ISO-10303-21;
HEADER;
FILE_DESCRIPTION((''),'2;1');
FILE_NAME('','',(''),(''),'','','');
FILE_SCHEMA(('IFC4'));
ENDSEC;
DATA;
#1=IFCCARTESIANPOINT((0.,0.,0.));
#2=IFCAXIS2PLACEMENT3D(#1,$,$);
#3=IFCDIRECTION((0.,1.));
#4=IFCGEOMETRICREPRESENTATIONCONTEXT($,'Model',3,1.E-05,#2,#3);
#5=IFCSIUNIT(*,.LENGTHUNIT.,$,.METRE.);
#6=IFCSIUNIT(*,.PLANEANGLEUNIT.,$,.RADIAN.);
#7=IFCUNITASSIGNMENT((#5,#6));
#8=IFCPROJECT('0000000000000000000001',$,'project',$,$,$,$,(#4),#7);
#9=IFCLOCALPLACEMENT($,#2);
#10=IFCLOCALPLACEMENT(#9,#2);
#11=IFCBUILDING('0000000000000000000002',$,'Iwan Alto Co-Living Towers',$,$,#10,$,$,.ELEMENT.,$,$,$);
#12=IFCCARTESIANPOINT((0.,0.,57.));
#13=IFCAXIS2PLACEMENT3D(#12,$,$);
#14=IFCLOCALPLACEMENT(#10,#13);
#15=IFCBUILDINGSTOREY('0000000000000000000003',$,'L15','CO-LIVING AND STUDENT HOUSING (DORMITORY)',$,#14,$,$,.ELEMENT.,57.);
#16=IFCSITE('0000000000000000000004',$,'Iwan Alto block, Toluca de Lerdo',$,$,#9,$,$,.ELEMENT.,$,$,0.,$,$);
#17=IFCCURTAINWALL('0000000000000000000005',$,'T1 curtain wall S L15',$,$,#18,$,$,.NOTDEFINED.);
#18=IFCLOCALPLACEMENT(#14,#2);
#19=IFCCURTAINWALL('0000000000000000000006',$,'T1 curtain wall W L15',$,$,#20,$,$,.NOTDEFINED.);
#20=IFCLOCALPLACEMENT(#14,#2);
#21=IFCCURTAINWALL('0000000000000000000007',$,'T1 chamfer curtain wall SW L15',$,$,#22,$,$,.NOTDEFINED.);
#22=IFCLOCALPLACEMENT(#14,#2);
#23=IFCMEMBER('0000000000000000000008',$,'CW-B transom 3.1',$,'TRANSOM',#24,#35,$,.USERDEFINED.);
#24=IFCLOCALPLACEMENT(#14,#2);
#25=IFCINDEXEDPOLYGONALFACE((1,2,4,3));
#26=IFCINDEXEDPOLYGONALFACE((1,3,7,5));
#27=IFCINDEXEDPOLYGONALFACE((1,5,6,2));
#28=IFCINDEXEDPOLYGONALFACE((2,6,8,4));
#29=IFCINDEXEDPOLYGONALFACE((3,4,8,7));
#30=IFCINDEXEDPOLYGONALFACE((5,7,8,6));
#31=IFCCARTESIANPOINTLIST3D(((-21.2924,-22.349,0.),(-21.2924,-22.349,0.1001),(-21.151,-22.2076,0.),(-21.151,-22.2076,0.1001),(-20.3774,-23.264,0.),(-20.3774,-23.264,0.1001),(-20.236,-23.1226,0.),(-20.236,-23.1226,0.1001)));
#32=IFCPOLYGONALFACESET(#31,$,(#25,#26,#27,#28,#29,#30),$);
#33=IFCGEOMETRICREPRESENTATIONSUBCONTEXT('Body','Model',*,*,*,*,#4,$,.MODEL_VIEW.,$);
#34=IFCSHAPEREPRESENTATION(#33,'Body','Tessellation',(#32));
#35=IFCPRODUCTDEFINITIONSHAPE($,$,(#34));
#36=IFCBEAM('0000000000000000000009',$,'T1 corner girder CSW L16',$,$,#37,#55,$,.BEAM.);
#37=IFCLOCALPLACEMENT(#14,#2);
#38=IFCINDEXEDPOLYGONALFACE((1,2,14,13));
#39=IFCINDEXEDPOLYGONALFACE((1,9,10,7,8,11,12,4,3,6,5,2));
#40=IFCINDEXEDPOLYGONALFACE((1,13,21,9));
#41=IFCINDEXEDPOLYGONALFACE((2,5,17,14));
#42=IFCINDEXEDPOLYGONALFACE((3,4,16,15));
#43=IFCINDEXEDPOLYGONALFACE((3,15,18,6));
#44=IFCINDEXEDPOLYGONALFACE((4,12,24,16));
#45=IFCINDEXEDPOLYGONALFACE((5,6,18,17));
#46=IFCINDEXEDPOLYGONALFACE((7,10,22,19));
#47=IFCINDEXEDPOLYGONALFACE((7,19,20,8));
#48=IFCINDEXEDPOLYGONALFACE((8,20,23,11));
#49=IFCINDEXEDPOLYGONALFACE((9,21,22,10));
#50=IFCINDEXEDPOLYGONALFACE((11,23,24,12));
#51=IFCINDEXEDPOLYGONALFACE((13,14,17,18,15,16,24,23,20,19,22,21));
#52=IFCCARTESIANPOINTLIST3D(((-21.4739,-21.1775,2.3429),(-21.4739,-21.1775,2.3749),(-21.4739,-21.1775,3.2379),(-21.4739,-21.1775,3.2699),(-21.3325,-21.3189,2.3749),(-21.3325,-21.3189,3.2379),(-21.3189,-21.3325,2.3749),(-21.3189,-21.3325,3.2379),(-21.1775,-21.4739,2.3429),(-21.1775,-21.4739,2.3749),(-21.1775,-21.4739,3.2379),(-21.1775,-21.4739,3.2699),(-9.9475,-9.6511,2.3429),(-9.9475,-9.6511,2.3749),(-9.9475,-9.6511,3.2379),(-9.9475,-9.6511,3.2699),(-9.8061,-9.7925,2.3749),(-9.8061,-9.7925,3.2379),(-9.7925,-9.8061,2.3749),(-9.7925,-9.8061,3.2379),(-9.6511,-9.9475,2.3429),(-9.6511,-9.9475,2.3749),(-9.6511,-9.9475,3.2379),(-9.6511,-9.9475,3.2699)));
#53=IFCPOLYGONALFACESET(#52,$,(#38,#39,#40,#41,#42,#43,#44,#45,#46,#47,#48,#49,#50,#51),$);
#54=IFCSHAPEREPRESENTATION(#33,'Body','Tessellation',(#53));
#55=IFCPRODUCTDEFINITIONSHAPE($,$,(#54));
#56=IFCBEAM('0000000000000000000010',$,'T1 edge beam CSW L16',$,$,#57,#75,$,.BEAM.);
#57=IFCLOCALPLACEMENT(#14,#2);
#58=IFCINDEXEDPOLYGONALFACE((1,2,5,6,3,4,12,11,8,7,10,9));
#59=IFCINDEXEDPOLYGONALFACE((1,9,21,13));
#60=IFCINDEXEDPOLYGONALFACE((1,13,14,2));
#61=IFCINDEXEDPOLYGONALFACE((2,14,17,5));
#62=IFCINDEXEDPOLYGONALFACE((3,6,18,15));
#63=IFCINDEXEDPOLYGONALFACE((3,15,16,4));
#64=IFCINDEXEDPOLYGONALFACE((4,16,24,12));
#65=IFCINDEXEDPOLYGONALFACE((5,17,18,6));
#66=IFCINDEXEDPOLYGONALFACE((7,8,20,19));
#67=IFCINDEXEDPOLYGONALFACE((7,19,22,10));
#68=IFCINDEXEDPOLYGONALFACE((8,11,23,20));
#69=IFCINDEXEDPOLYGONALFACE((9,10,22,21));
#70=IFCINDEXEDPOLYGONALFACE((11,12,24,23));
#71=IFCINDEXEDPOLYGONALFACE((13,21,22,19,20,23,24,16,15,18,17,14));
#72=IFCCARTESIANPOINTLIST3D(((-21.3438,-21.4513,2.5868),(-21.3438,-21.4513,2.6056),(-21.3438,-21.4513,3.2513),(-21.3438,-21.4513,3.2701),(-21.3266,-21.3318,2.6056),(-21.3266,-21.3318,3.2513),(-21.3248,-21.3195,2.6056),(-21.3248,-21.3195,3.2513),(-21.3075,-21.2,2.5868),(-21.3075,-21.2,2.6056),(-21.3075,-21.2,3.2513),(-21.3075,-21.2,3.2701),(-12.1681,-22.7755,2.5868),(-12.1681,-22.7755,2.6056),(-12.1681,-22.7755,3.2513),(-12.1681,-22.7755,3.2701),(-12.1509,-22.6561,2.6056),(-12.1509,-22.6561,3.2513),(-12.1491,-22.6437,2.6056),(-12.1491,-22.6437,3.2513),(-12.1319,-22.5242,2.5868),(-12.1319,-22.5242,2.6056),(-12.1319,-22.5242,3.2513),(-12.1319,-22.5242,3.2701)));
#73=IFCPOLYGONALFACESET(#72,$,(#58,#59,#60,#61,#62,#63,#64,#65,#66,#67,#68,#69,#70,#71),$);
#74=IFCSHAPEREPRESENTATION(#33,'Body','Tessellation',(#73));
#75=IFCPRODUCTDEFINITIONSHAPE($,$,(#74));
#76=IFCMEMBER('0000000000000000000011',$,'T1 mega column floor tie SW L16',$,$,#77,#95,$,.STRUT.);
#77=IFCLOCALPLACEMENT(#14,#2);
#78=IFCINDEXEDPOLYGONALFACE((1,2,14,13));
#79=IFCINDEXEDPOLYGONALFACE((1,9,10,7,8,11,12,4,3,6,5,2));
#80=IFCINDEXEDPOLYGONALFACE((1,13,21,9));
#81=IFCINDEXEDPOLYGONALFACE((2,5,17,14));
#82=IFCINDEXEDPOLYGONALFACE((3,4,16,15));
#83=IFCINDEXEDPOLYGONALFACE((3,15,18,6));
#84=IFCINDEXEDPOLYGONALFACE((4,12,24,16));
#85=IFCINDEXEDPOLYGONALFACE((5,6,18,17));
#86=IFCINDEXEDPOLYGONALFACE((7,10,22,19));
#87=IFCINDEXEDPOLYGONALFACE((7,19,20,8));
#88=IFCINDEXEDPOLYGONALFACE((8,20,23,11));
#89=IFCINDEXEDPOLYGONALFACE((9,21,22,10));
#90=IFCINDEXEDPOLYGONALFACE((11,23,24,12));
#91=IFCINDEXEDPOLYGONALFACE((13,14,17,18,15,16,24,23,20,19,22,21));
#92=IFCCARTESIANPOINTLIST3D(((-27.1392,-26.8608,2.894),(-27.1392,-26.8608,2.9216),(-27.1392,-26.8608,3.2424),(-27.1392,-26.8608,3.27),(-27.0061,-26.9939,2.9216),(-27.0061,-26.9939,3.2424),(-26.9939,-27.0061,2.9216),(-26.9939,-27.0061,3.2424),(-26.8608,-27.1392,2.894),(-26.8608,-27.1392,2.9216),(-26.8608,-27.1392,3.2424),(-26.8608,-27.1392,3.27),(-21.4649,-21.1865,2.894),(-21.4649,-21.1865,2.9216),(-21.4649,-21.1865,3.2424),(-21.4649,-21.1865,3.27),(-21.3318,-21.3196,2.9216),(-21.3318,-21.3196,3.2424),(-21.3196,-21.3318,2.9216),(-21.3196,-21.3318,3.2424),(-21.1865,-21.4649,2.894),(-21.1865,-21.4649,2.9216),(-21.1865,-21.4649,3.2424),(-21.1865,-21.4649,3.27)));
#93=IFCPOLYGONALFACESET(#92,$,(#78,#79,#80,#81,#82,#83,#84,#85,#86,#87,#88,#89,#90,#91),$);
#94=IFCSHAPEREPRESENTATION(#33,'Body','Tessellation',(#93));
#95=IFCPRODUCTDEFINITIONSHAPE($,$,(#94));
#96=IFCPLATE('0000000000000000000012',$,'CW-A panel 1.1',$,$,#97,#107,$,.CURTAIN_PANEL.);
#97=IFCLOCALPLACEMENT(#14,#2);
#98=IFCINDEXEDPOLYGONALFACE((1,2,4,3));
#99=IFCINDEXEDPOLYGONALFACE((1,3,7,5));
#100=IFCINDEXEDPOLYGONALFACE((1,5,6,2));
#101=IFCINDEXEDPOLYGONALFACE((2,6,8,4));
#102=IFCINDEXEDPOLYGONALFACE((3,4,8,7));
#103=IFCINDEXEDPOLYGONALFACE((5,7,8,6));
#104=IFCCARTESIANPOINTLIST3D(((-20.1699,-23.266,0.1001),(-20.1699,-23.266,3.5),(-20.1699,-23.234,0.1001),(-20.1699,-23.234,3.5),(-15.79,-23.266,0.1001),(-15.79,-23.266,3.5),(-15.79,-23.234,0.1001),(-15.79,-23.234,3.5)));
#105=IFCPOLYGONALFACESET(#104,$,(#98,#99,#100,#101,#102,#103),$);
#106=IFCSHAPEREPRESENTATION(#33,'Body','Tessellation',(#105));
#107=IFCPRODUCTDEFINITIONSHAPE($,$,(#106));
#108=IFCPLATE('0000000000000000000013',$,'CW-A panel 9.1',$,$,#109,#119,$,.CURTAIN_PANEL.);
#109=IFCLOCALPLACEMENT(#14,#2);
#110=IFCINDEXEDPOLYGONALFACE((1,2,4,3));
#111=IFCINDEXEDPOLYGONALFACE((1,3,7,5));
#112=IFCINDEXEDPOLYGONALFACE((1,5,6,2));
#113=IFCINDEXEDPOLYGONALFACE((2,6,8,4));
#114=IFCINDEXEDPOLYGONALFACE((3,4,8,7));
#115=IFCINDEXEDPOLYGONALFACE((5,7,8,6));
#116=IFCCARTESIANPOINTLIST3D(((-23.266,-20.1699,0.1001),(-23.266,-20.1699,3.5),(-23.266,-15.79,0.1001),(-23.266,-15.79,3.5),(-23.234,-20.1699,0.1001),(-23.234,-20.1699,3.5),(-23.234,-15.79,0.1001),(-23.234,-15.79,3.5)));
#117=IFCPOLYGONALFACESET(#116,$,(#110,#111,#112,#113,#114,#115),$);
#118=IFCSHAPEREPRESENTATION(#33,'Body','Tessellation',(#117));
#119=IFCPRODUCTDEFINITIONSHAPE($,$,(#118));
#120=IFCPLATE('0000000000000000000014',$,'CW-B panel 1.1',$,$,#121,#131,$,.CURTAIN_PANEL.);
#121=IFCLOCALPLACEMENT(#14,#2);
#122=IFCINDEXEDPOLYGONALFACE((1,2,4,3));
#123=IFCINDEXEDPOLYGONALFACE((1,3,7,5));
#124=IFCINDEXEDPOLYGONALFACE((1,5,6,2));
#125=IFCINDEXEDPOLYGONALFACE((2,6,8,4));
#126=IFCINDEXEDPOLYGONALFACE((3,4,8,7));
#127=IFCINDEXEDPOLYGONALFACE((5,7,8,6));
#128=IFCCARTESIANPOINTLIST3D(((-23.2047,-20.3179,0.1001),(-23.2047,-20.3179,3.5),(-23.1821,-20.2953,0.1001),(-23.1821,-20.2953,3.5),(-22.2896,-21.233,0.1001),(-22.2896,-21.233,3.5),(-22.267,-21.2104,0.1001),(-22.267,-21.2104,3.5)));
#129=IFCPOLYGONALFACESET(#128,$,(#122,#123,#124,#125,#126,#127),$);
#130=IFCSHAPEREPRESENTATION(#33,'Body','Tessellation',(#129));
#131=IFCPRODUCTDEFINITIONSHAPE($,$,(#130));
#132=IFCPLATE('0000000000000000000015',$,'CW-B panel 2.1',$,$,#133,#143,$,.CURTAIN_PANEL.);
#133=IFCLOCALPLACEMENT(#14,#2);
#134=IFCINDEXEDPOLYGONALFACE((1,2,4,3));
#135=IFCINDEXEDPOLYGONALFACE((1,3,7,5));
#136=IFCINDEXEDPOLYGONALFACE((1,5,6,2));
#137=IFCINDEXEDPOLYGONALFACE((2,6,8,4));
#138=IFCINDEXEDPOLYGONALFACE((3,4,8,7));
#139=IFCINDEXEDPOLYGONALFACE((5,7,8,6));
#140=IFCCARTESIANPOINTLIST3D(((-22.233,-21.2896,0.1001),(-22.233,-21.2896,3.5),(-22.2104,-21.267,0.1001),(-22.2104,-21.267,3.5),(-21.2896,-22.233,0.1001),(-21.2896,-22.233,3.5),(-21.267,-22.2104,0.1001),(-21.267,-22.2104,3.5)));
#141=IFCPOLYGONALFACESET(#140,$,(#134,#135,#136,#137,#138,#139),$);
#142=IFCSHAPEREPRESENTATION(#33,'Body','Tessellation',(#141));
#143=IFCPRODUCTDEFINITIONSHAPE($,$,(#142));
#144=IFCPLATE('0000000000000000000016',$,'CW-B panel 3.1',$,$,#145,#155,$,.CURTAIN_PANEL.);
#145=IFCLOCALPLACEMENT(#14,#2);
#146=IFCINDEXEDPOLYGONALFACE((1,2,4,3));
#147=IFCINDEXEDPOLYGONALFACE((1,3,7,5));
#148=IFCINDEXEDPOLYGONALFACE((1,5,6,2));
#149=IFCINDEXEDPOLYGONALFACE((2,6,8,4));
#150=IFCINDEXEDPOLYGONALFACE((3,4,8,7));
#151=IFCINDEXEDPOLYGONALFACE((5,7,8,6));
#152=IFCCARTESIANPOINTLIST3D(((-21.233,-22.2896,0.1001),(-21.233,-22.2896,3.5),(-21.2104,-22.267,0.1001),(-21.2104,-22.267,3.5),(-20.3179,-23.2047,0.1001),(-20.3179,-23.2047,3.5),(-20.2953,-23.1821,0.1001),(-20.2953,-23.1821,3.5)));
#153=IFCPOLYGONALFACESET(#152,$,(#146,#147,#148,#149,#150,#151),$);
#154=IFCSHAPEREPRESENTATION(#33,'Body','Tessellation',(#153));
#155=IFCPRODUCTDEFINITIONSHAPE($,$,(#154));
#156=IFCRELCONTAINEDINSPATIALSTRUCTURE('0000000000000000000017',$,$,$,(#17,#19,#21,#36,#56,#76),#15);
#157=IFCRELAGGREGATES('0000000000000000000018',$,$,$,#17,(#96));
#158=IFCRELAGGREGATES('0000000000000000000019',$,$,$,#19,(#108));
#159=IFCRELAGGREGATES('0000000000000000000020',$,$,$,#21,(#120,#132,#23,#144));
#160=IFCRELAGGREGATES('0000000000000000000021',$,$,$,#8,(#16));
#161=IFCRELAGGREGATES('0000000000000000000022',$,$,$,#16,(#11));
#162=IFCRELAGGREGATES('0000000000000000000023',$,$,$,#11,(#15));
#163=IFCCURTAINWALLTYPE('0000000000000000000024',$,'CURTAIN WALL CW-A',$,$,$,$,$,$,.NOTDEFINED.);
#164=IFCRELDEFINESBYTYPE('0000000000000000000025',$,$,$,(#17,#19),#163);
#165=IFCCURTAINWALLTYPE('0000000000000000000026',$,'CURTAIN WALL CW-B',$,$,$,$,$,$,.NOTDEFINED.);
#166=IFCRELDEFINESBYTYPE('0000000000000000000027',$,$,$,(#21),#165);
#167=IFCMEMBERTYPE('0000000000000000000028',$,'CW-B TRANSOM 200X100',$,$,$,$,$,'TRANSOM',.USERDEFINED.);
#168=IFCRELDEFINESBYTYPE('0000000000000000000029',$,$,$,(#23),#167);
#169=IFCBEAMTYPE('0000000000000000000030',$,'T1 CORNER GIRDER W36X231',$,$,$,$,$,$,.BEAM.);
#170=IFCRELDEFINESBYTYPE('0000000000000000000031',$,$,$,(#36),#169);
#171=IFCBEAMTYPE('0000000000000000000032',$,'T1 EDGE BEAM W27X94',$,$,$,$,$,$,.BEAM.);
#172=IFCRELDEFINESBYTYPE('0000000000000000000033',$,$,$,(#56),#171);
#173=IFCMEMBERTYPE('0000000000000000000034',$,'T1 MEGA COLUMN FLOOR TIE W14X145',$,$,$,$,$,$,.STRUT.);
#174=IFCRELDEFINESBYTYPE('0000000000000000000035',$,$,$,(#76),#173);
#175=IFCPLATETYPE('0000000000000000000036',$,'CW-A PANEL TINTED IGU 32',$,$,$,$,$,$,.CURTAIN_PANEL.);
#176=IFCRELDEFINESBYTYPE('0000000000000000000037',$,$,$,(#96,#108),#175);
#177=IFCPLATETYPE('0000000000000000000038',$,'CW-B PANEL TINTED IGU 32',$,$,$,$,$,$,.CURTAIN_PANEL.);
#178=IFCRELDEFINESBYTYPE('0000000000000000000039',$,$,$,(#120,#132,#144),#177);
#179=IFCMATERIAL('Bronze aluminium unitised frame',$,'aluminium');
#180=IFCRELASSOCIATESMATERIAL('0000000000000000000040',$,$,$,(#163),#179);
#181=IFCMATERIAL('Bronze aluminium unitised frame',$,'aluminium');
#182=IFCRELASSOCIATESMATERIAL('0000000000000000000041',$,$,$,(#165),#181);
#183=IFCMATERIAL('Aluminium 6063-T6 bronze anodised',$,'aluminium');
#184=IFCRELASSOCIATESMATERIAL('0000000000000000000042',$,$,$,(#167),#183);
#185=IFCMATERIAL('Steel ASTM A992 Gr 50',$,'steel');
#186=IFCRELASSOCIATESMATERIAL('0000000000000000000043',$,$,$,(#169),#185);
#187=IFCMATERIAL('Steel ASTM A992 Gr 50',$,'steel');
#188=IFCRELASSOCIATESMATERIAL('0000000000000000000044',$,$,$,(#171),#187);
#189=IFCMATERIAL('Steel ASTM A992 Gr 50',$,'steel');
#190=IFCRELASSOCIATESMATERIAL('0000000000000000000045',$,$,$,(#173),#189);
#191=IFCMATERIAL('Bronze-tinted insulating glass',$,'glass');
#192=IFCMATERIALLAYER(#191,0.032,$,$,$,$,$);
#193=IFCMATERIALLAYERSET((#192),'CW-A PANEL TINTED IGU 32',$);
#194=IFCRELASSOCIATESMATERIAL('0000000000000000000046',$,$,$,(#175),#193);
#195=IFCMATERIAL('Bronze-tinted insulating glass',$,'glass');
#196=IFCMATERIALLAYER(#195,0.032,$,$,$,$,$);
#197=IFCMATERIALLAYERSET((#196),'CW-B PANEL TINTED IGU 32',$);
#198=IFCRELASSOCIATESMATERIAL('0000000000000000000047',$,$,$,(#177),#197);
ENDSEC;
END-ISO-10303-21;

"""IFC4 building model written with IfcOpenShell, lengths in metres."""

from ifc_helpers import new_model, si_unit, direction, frame, origin, origin_2d, place, context, subcontext, project, spatial, rectangle, i_section, extrude, material, layer, layer_set, material_profile, profile_set, type_object, element, aggregate, save


model = new_model("IFC4")

# Units and contexts
model_context = context("Model", 3, precision=1e-05, world=origin(), true_north=direction((0.0, 1.0)))
body_context = subcontext(model_context, "Body", "Model", "MODEL_VIEW")
ifc_project = project(units=[si_unit("LENGTHUNIT", "METRE"), si_unit("PLANEANGLEUNIT", "RADIAN")], contexts=[model_context])

# Site, building, storey
site_placement = place(None, origin())
site = spatial("IfcSite", under=ifc_project, at=site_placement, Name="Iwan Alto block, Toluca de Lerdo", CompositionType="ELEMENT", RefElevation=0.0)
building_placement = place(site_placement, origin())
building = spatial("IfcBuilding", under=site, at=building_placement, Name="Iwan Alto Co-Living Towers", CompositionType="ELEMENT")
storey_placement = place(building_placement, frame((0.0, 0.0, 57.0)))
storey = spatial("IfcBuildingStorey", under=building, at=storey_placement, Name="L15", Description="CO-LIVING AND STUDENT HOUSING (DORMITORY)", CompositionType="ELEMENT", Elevation=57.0)

# Curtain wall
ifc_material_1 = material(Name="Bronze aluminium unitised frame", Category="aluminium")
curtain_wall_type_1 = type_object("IfcCurtainWallType", Name="CURTAIN WALL CW-A", PredefinedType="NOTDEFINED", material=ifc_material_1)
curtain_wall_1_placement = place(storey_placement, origin())
curtain_wall_1 = element("IfcCurtainWall", 1, at=curtain_wall_1_placement, inside=storey, type_object=curtain_wall_type_1, Name="T1 curtain wall S L15", PredefinedType="NOTDEFINED")

# Curtain wall
curtain_wall_2_placement = place(storey_placement, origin())
curtain_wall_2 = element("IfcCurtainWall", 2, at=curtain_wall_2_placement, inside=storey, type_object=curtain_wall_type_1, Name="T1 curtain wall W L15", PredefinedType="NOTDEFINED")

# Curtain wall, member
ifc_material_2 = material(Name="Bronze aluminium unitised frame", Category="aluminium")
curtain_wall_type_2 = type_object("IfcCurtainWallType", Name="CURTAIN WALL CW-B", PredefinedType="NOTDEFINED", material=ifc_material_2)
curtain_wall_3_placement = place(storey_placement, origin())
curtain_wall_3 = element("IfcCurtainWall", 3, at=curtain_wall_3_placement, inside=storey, type_object=curtain_wall_type_2, Name="T1 chamfer curtain wall SW L15", PredefinedType="NOTDEFINED")
ifc_material_3 = material(Name="Aluminium 6063-T6 bronze anodised", Category="aluminium")
ifc_material_profile_1 = material_profile(ifc_material_3, rectangle(XDim=0.2, YDim=0.1001, at=origin_2d()), Name="AL 200X100")
ifc_profile_set_1 = profile_set([ifc_material_profile_1], Name="Aluminium 6063-T6 bronze anodised")
member_type_1 = type_object("IfcMemberType", Name="CW-B TRANSOM 200X100", ElementType="TRANSOM", PredefinedType="USERDEFINED", material=ifc_profile_set_1)
member_1_placement = place(storey_placement, frame((-21.2217, -22.2783, 0.05), z_axis=(0.707107, -0.707107, 0.0), x_axis=(0.707107, 0.707107, 0.0)))
member_1 = element("IfcMember", 4, at=member_1_placement, type_object=member_type_1, Name="CW-B transom 3.1", ObjectType="TRANSOM", PredefinedType="USERDEFINED", context=body_context, shape_type="SweptSolid", body=[
    extrude(rectangle(XDim=0.2, YDim=0.1001, at=origin_2d()), origin(), (0.0, 0.0, 1.0), 1.2939),
])

# Beams
ifc_material_4 = material(Name="Steel ASTM A992 Gr 50", Category="steel")
ifc_material_profile_2 = material_profile(ifc_material_4, i_section(OverallWidth=0.4192, OverallDepth=0.927, WebThickness=0.0193, FlangeThickness=0.032, at=origin_2d()), Name="W36X231")
ifc_profile_set_2 = profile_set([ifc_material_profile_2], Name="Steel ASTM A992 Gr 50")
beam_type_1 = type_object("IfcBeamType", Name="T1 CORNER GIRDER W36X231", PredefinedType="BEAM", material=ifc_profile_set_2)
beam_1_placement = place(storey_placement, frame((-21.3257, -21.3257, 2.8064), z_axis=(0.707107, 0.707107, 0.0), x_axis=(-0.707107, 0.707107, 0.0)))
element("IfcBeam", 5, at=beam_1_placement, inside=storey, type_object=beam_type_1, Name="T1 corner girder CSW L16", PredefinedType="BEAM", context=body_context, shape_type="SweptSolid", body=[
    extrude(i_section(OverallWidth=0.4192, OverallDepth=0.927, WebThickness=0.0193, FlangeThickness=0.032, at=origin_2d()), origin(), (0.0, 0.0, 1.0), 16.3008),
])
ifc_material_5 = material(Name="Steel ASTM A992 Gr 50", Category="steel")
ifc_material_profile_3 = material_profile(ifc_material_5, i_section(OverallWidth=0.2539, OverallDepth=0.6833, WebThickness=0.0125, FlangeThickness=0.0188, at=origin_2d()), Name="W27X94")
ifc_profile_set_3 = profile_set([ifc_material_profile_3], Name="Steel ASTM A992 Gr 50")
beam_type_2 = type_object("IfcBeamType", Name="T1 EDGE BEAM W27X94", PredefinedType="BEAM", material=ifc_profile_set_3)
beam_2_placement = place(storey_placement, frame((-21.3257, -21.3257, 2.9285), z_axis=(0.989746, -0.142837, 0.0), x_axis=(0.142837, 0.989746, 0.0)))
element("IfcBeam", 6, at=beam_2_placement, inside=storey, type_object=beam_type_2, Name="T1 edge beam CSW L16", PredefinedType="BEAM", context=body_context, shape_type="SweptSolid", body=[
    extrude(i_section(OverallWidth=0.2539, OverallDepth=0.6833, WebThickness=0.0125, FlangeThickness=0.0188, at=origin_2d()), origin(), (0.0, 0.0, 1.0), 9.2708),
])

# Member
ifc_material_6 = material(Name="Steel ASTM A992 Gr 50", Category="steel")
ifc_material_profile_4 = material_profile(ifc_material_6, i_section(OverallWidth=0.3938, OverallDepth=0.376, WebThickness=0.0173, FlangeThickness=0.0276, at=origin_2d()), Name="W14X145")
ifc_profile_set_4 = profile_set([ifc_material_profile_4], Name="Steel ASTM A992 Gr 50")
member_type_2 = type_object("IfcMemberType", Name="T1 MEGA COLUMN FLOOR TIE W14X145", PredefinedType="STRUT", material=ifc_profile_set_4)
member_2_placement = place(storey_placement, frame((-27.0, -27.0, 3.082), z_axis=(0.707107, 0.707107, 0.0), x_axis=(-0.707107, 0.707107, 0.0)))
element("IfcMember", 7, at=member_2_placement, inside=storey, type_object=member_type_2, Name="T1 mega column floor tie SW L16", PredefinedType="STRUT", context=body_context, shape_type="SweptSolid", body=[
    extrude(i_section(OverallWidth=0.3938, OverallDepth=0.376, WebThickness=0.0173, FlangeThickness=0.0276, at=origin_2d()), origin(), (0.0, 0.0, 1.0), 8.0247),
])

# Plates
ifc_material_7 = material(Name="Bronze-tinted insulating glass", Category="glass")
ifc_layer_1 = layer(ifc_material_7, 0.032)
ifc_layer_set_1 = layer_set([ifc_layer_1], Name="CW-A PANEL TINTED IGU 32")
plate_type_1 = type_object("IfcPlateType", Name="CW-A PANEL TINTED IGU 32", PredefinedType="CURTAIN_PANEL", material=ifc_layer_set_1)
plate_1_placement = place(storey_placement, frame((-17.98, -23.25, 0.1001), z_axis=(0.0, 0.0, 1.0), x_axis=(1.0, 0.0, 0.0)))
plate_1 = element("IfcPlate", 8, at=plate_1_placement, type_object=plate_type_1, Name="CW-A panel 1.1", PredefinedType="CURTAIN_PANEL", context=body_context, shape_type="SweptSolid", body=[
    extrude(rectangle(XDim=4.3799, YDim=0.032, at=origin_2d()), origin(), (0.0, 0.0, 1.0), 3.3999),
])
aggregate(curtain_wall_1, [plate_1])
plate_2_placement = place(storey_placement, frame((-23.25, -17.98, 0.1001), z_axis=(0.0, 0.0, 1.0), x_axis=(0.0, -1.0, 0.0)))
plate_2 = element("IfcPlate", 9, at=plate_2_placement, type_object=plate_type_1, Name="CW-A panel 9.1", PredefinedType="CURTAIN_PANEL", context=body_context, shape_type="SweptSolid", body=[
    extrude(rectangle(XDim=4.3799, YDim=0.032, at=origin_2d()), origin(), (0.0, 0.0, 1.0), 3.3999),
])
aggregate(curtain_wall_2, [plate_2])
ifc_material_8 = material(Name="Bronze-tinted insulating glass", Category="glass")
ifc_layer_2 = layer(ifc_material_8, 0.032)
ifc_layer_set_2 = layer_set([ifc_layer_2], Name="CW-B PANEL TINTED IGU 32")
plate_type_2 = type_object("IfcPlateType", Name="CW-B PANEL TINTED IGU 32", PredefinedType="CURTAIN_PANEL", material=ifc_layer_set_2)
plate_3_placement = place(storey_placement, frame((-22.7358, -20.7642, 0.1001), z_axis=(0.0, 0.0, 1.0), x_axis=(0.707107, -0.707107, 0.0)))
plate_3 = element("IfcPlate", 10, at=plate_3_placement, type_object=plate_type_2, Name="CW-B panel 1.1", PredefinedType="CURTAIN_PANEL", context=body_context, shape_type="SweptSolid", body=[
    extrude(rectangle(XDim=1.2942, YDim=0.032, at=origin_2d()), origin(), (0.0, 0.0, 1.0), 3.3999),
])
plate_4_placement = place(storey_placement, frame((-21.75, -21.75, 0.1001), z_axis=(0.0, 0.0, 1.0), x_axis=(0.707107, -0.707107, 0.0)))
plate_4 = element("IfcPlate", 11, at=plate_4_placement, type_object=plate_type_2, Name="CW-B panel 2.1", PredefinedType="CURTAIN_PANEL", context=body_context, shape_type="SweptSolid", body=[
    extrude(rectangle(XDim=1.3342, YDim=0.032, at=origin_2d()), origin(), (0.0, 0.0, 1.0), 3.3999),
])
plate_5_placement = place(storey_placement, frame((-20.7642, -22.7358, 0.1001), z_axis=(0.0, 0.0, 1.0), x_axis=(0.707107, -0.707107, 0.0)))
plate_5 = element("IfcPlate", 12, at=plate_5_placement, type_object=plate_type_2, Name="CW-B panel 3.1", PredefinedType="CURTAIN_PANEL", context=body_context, shape_type="SweptSolid", body=[
    extrude(rectangle(XDim=1.2942, YDim=0.032, at=origin_2d()), origin(), (0.0, 0.0, 1.0), 3.3999),
])
aggregate(curtain_wall_3, [plate_3, plate_4, member_1, plate_5])

save(model, "model.ifc")
